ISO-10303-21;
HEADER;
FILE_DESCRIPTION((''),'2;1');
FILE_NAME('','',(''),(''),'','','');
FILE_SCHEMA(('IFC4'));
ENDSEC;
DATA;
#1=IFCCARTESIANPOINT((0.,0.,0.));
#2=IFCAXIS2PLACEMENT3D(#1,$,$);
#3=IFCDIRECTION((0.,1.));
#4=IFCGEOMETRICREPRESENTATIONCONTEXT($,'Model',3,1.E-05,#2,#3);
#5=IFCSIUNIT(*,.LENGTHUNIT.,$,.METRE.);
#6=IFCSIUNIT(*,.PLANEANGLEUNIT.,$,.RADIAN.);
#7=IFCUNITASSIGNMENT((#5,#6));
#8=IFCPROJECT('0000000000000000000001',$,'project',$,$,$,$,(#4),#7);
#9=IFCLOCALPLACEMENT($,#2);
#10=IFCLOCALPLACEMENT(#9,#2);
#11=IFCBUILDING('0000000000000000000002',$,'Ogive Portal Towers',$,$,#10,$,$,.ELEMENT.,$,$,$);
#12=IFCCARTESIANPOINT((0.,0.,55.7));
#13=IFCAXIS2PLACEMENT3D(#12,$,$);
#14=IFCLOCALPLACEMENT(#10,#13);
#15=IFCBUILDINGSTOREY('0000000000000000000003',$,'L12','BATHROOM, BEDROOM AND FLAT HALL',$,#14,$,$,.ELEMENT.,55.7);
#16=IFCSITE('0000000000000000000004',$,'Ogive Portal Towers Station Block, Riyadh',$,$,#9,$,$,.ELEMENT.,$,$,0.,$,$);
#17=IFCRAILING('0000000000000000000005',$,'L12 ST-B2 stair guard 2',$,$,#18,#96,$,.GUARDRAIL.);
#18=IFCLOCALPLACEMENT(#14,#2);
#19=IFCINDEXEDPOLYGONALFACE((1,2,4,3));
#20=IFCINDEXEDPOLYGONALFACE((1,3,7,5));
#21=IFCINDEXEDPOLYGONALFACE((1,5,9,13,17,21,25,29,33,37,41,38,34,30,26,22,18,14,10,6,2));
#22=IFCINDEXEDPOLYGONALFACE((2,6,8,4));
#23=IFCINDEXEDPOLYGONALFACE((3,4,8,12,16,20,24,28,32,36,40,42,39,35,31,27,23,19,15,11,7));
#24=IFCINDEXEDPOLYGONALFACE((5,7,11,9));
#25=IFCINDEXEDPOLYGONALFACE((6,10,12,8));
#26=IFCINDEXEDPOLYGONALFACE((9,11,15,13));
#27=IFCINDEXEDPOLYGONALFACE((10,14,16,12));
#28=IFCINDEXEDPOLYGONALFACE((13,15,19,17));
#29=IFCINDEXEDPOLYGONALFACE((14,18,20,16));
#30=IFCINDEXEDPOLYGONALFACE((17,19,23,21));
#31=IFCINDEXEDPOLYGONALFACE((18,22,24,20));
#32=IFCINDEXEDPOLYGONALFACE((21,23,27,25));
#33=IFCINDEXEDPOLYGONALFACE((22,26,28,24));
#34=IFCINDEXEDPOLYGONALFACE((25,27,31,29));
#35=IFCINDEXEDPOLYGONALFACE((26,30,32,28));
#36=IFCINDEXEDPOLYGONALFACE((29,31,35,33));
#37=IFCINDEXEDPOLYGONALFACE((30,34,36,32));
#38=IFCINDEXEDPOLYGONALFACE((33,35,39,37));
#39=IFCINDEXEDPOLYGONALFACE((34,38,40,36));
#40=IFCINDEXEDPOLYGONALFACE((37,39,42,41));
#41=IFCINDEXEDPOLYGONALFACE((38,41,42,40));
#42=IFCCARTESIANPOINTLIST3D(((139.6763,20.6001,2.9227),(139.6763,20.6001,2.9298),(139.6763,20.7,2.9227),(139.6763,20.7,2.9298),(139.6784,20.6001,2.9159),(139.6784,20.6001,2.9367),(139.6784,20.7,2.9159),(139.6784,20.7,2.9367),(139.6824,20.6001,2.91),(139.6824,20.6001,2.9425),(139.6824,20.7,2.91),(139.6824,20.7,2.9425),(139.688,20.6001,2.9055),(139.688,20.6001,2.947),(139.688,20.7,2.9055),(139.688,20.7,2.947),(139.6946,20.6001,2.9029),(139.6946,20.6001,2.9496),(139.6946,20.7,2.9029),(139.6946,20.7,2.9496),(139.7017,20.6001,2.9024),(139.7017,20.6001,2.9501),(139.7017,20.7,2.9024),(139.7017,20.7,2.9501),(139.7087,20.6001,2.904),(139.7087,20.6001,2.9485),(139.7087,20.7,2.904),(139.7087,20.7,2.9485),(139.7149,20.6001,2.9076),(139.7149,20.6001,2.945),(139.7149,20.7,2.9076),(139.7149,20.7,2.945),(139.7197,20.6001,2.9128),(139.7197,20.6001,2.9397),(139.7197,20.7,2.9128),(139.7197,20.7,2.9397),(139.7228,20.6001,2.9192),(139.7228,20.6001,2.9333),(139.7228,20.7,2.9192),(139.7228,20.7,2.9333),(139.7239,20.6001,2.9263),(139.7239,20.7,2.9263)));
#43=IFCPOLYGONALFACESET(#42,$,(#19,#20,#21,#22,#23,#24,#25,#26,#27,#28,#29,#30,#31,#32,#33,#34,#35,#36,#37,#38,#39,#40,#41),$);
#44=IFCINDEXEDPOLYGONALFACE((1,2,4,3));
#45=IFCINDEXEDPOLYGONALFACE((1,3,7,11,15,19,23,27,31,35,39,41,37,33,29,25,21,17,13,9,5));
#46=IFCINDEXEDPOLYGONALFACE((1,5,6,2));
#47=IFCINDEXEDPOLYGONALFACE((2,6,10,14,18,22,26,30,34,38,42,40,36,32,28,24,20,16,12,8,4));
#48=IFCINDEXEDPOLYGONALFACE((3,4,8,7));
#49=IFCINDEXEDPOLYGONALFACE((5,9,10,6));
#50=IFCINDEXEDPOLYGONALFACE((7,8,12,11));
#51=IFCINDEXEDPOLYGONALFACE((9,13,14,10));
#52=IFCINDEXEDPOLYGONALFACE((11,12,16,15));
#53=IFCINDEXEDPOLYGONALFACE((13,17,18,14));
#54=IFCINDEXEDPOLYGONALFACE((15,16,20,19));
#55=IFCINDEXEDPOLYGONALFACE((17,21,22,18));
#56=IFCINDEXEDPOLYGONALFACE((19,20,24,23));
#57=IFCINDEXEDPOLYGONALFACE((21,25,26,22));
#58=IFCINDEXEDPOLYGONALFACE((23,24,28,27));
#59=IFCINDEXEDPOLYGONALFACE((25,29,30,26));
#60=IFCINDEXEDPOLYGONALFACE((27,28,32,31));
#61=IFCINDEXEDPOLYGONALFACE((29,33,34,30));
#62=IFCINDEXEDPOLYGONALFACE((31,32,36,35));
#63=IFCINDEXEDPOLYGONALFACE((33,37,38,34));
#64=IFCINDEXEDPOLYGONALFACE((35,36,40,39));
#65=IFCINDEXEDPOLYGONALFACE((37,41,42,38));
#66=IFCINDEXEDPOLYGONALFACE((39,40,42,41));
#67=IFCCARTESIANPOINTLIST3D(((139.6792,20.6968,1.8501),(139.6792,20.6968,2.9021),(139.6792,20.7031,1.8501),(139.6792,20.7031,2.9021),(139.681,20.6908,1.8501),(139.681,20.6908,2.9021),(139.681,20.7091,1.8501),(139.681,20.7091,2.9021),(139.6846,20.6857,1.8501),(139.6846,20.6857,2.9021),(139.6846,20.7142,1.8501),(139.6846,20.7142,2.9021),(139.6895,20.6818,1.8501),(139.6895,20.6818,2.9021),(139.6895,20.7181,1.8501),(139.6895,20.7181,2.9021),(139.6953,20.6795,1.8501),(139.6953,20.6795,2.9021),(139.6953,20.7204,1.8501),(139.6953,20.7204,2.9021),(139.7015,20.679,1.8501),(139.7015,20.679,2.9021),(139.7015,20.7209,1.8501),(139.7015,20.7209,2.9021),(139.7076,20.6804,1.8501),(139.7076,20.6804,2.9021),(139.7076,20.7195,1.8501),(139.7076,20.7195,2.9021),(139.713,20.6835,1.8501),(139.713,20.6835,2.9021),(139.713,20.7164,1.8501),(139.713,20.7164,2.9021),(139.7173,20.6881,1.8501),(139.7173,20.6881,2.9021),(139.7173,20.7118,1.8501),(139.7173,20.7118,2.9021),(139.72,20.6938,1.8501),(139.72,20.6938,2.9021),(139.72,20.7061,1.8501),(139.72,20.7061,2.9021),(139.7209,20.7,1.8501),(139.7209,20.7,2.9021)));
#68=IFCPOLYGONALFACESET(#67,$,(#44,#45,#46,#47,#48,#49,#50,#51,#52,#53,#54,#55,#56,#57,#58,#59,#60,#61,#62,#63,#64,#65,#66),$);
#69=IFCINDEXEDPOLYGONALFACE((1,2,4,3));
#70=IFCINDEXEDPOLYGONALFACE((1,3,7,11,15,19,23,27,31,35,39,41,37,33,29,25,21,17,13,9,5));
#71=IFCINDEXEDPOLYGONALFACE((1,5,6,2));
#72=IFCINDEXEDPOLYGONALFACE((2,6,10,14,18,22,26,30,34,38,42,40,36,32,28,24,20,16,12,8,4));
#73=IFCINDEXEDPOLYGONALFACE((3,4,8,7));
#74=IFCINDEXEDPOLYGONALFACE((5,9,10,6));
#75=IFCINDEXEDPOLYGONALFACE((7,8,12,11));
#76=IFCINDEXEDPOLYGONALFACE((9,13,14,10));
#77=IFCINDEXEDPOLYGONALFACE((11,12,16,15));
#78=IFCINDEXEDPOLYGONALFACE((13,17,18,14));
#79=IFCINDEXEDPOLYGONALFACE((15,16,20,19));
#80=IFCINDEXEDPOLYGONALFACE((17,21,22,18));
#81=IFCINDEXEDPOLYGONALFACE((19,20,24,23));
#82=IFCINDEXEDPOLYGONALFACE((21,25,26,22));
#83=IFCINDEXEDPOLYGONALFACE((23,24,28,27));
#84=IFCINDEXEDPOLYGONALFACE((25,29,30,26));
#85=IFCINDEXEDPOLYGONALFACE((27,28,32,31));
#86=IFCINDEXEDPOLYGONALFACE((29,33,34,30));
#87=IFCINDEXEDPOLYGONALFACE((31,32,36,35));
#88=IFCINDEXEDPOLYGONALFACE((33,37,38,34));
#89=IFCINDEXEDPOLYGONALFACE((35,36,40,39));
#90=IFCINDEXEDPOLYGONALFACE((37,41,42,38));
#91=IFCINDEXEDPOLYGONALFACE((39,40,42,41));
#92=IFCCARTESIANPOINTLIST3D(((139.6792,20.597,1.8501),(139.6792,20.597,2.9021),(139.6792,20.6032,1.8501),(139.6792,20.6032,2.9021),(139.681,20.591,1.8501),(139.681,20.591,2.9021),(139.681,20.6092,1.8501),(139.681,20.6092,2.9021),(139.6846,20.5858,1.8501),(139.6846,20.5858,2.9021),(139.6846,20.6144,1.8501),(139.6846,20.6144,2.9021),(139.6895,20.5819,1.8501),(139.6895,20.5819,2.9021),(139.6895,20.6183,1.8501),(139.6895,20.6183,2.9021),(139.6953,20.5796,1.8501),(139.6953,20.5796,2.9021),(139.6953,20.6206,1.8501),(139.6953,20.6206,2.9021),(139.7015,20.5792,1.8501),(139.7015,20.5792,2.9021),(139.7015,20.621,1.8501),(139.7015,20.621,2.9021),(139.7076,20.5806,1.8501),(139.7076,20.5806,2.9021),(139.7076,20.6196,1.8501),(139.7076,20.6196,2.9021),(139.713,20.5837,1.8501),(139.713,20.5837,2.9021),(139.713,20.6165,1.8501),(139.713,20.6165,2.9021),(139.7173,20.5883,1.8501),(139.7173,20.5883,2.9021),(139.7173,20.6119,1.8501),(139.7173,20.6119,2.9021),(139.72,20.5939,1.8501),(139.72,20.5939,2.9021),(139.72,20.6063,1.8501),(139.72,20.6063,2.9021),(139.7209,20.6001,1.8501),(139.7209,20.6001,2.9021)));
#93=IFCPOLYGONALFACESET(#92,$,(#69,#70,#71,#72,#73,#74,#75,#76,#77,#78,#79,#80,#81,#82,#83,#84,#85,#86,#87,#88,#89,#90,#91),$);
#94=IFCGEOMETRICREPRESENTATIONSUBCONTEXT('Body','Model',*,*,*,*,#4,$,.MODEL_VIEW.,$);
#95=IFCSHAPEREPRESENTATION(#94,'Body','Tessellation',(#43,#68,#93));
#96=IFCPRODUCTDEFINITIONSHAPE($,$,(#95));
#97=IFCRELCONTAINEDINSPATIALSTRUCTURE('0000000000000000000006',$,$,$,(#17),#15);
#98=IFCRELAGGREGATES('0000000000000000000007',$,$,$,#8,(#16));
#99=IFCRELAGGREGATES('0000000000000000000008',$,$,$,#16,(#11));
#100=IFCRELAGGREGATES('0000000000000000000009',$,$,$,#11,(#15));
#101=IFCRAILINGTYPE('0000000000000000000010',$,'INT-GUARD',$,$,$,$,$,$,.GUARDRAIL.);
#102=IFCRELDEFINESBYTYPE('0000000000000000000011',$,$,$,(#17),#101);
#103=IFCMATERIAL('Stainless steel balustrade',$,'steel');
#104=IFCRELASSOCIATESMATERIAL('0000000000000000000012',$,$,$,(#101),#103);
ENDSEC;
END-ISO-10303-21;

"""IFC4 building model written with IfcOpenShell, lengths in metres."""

from ifc_helpers import new_model, si_unit, direction, frame, origin, origin_2d, place, context, subcontext, project, spatial, circle, extrude, material, type_object, element, save


model = new_model("IFC4")

# Units and contexts
model_context = context("Model", 3, precision=1e-05, world=origin(), true_north=direction((0.0, 1.0)))
body_context = subcontext(model_context, "Body", "Model", "MODEL_VIEW")
ifc_project = project(units=[si_unit("LENGTHUNIT", "METRE"), si_unit("PLANEANGLEUNIT", "RADIAN")], contexts=[model_context])

# Site, building, storey
site_placement = place(None, origin())
site = spatial("IfcSite", under=ifc_project, at=site_placement, Name="Ogive Portal Towers Station Block, Riyadh", CompositionType="ELEMENT", RefElevation=0.0)
building_placement = place(site_placement, origin())
building = spatial("IfcBuilding", under=site, at=building_placement, Name="Ogive Portal Towers", CompositionType="ELEMENT")
storey_placement = place(building_placement, frame((0.0, 0.0, 55.7)))
storey = spatial("IfcBuildingStorey", under=building, at=storey_placement, Name="L12", Description="BATHROOM, BEDROOM AND FLAT HALL", CompositionType="ELEMENT", Elevation=55.7)

# Railing
ifc_material_1 = material(Name="Stainless steel balustrade", Category="steel")
railing_type_1 = type_object("IfcRailingType", Name="INT-GUARD", PredefinedType="GUARDRAIL", material=ifc_material_1)
railing_1_placement = place(storey_placement, frame((139.7, 20.7, 1.8501)))
element("IfcRailing", 1, at=railing_1_placement, inside=storey, type_object=railing_type_1, Name="L12 ST-B2 stair guard 2", PredefinedType="GUARDRAIL", context=body_context, shape_type="SweptSolid", body=[
    extrude(circle(Radius=0.0239, at=origin_2d()), frame((0.0, 0.0, 1.0762), z_axis=(0.0, -1.0, 0.0), x_axis=(1.0, 0.0, 0.0)), (0.0, 0.0, 1.0), 0.0999),
    extrude(circle(Radius=0.021, at=origin_2d()), origin(), (0.0, 0.0, 1.0), 1.052),
    extrude(circle(Radius=0.021, at=origin_2d()), frame((0.0, -0.0999, 0.0)), (0.0, 0.0, 1.0), 1.052),
])

save(model, "model.ifc")
